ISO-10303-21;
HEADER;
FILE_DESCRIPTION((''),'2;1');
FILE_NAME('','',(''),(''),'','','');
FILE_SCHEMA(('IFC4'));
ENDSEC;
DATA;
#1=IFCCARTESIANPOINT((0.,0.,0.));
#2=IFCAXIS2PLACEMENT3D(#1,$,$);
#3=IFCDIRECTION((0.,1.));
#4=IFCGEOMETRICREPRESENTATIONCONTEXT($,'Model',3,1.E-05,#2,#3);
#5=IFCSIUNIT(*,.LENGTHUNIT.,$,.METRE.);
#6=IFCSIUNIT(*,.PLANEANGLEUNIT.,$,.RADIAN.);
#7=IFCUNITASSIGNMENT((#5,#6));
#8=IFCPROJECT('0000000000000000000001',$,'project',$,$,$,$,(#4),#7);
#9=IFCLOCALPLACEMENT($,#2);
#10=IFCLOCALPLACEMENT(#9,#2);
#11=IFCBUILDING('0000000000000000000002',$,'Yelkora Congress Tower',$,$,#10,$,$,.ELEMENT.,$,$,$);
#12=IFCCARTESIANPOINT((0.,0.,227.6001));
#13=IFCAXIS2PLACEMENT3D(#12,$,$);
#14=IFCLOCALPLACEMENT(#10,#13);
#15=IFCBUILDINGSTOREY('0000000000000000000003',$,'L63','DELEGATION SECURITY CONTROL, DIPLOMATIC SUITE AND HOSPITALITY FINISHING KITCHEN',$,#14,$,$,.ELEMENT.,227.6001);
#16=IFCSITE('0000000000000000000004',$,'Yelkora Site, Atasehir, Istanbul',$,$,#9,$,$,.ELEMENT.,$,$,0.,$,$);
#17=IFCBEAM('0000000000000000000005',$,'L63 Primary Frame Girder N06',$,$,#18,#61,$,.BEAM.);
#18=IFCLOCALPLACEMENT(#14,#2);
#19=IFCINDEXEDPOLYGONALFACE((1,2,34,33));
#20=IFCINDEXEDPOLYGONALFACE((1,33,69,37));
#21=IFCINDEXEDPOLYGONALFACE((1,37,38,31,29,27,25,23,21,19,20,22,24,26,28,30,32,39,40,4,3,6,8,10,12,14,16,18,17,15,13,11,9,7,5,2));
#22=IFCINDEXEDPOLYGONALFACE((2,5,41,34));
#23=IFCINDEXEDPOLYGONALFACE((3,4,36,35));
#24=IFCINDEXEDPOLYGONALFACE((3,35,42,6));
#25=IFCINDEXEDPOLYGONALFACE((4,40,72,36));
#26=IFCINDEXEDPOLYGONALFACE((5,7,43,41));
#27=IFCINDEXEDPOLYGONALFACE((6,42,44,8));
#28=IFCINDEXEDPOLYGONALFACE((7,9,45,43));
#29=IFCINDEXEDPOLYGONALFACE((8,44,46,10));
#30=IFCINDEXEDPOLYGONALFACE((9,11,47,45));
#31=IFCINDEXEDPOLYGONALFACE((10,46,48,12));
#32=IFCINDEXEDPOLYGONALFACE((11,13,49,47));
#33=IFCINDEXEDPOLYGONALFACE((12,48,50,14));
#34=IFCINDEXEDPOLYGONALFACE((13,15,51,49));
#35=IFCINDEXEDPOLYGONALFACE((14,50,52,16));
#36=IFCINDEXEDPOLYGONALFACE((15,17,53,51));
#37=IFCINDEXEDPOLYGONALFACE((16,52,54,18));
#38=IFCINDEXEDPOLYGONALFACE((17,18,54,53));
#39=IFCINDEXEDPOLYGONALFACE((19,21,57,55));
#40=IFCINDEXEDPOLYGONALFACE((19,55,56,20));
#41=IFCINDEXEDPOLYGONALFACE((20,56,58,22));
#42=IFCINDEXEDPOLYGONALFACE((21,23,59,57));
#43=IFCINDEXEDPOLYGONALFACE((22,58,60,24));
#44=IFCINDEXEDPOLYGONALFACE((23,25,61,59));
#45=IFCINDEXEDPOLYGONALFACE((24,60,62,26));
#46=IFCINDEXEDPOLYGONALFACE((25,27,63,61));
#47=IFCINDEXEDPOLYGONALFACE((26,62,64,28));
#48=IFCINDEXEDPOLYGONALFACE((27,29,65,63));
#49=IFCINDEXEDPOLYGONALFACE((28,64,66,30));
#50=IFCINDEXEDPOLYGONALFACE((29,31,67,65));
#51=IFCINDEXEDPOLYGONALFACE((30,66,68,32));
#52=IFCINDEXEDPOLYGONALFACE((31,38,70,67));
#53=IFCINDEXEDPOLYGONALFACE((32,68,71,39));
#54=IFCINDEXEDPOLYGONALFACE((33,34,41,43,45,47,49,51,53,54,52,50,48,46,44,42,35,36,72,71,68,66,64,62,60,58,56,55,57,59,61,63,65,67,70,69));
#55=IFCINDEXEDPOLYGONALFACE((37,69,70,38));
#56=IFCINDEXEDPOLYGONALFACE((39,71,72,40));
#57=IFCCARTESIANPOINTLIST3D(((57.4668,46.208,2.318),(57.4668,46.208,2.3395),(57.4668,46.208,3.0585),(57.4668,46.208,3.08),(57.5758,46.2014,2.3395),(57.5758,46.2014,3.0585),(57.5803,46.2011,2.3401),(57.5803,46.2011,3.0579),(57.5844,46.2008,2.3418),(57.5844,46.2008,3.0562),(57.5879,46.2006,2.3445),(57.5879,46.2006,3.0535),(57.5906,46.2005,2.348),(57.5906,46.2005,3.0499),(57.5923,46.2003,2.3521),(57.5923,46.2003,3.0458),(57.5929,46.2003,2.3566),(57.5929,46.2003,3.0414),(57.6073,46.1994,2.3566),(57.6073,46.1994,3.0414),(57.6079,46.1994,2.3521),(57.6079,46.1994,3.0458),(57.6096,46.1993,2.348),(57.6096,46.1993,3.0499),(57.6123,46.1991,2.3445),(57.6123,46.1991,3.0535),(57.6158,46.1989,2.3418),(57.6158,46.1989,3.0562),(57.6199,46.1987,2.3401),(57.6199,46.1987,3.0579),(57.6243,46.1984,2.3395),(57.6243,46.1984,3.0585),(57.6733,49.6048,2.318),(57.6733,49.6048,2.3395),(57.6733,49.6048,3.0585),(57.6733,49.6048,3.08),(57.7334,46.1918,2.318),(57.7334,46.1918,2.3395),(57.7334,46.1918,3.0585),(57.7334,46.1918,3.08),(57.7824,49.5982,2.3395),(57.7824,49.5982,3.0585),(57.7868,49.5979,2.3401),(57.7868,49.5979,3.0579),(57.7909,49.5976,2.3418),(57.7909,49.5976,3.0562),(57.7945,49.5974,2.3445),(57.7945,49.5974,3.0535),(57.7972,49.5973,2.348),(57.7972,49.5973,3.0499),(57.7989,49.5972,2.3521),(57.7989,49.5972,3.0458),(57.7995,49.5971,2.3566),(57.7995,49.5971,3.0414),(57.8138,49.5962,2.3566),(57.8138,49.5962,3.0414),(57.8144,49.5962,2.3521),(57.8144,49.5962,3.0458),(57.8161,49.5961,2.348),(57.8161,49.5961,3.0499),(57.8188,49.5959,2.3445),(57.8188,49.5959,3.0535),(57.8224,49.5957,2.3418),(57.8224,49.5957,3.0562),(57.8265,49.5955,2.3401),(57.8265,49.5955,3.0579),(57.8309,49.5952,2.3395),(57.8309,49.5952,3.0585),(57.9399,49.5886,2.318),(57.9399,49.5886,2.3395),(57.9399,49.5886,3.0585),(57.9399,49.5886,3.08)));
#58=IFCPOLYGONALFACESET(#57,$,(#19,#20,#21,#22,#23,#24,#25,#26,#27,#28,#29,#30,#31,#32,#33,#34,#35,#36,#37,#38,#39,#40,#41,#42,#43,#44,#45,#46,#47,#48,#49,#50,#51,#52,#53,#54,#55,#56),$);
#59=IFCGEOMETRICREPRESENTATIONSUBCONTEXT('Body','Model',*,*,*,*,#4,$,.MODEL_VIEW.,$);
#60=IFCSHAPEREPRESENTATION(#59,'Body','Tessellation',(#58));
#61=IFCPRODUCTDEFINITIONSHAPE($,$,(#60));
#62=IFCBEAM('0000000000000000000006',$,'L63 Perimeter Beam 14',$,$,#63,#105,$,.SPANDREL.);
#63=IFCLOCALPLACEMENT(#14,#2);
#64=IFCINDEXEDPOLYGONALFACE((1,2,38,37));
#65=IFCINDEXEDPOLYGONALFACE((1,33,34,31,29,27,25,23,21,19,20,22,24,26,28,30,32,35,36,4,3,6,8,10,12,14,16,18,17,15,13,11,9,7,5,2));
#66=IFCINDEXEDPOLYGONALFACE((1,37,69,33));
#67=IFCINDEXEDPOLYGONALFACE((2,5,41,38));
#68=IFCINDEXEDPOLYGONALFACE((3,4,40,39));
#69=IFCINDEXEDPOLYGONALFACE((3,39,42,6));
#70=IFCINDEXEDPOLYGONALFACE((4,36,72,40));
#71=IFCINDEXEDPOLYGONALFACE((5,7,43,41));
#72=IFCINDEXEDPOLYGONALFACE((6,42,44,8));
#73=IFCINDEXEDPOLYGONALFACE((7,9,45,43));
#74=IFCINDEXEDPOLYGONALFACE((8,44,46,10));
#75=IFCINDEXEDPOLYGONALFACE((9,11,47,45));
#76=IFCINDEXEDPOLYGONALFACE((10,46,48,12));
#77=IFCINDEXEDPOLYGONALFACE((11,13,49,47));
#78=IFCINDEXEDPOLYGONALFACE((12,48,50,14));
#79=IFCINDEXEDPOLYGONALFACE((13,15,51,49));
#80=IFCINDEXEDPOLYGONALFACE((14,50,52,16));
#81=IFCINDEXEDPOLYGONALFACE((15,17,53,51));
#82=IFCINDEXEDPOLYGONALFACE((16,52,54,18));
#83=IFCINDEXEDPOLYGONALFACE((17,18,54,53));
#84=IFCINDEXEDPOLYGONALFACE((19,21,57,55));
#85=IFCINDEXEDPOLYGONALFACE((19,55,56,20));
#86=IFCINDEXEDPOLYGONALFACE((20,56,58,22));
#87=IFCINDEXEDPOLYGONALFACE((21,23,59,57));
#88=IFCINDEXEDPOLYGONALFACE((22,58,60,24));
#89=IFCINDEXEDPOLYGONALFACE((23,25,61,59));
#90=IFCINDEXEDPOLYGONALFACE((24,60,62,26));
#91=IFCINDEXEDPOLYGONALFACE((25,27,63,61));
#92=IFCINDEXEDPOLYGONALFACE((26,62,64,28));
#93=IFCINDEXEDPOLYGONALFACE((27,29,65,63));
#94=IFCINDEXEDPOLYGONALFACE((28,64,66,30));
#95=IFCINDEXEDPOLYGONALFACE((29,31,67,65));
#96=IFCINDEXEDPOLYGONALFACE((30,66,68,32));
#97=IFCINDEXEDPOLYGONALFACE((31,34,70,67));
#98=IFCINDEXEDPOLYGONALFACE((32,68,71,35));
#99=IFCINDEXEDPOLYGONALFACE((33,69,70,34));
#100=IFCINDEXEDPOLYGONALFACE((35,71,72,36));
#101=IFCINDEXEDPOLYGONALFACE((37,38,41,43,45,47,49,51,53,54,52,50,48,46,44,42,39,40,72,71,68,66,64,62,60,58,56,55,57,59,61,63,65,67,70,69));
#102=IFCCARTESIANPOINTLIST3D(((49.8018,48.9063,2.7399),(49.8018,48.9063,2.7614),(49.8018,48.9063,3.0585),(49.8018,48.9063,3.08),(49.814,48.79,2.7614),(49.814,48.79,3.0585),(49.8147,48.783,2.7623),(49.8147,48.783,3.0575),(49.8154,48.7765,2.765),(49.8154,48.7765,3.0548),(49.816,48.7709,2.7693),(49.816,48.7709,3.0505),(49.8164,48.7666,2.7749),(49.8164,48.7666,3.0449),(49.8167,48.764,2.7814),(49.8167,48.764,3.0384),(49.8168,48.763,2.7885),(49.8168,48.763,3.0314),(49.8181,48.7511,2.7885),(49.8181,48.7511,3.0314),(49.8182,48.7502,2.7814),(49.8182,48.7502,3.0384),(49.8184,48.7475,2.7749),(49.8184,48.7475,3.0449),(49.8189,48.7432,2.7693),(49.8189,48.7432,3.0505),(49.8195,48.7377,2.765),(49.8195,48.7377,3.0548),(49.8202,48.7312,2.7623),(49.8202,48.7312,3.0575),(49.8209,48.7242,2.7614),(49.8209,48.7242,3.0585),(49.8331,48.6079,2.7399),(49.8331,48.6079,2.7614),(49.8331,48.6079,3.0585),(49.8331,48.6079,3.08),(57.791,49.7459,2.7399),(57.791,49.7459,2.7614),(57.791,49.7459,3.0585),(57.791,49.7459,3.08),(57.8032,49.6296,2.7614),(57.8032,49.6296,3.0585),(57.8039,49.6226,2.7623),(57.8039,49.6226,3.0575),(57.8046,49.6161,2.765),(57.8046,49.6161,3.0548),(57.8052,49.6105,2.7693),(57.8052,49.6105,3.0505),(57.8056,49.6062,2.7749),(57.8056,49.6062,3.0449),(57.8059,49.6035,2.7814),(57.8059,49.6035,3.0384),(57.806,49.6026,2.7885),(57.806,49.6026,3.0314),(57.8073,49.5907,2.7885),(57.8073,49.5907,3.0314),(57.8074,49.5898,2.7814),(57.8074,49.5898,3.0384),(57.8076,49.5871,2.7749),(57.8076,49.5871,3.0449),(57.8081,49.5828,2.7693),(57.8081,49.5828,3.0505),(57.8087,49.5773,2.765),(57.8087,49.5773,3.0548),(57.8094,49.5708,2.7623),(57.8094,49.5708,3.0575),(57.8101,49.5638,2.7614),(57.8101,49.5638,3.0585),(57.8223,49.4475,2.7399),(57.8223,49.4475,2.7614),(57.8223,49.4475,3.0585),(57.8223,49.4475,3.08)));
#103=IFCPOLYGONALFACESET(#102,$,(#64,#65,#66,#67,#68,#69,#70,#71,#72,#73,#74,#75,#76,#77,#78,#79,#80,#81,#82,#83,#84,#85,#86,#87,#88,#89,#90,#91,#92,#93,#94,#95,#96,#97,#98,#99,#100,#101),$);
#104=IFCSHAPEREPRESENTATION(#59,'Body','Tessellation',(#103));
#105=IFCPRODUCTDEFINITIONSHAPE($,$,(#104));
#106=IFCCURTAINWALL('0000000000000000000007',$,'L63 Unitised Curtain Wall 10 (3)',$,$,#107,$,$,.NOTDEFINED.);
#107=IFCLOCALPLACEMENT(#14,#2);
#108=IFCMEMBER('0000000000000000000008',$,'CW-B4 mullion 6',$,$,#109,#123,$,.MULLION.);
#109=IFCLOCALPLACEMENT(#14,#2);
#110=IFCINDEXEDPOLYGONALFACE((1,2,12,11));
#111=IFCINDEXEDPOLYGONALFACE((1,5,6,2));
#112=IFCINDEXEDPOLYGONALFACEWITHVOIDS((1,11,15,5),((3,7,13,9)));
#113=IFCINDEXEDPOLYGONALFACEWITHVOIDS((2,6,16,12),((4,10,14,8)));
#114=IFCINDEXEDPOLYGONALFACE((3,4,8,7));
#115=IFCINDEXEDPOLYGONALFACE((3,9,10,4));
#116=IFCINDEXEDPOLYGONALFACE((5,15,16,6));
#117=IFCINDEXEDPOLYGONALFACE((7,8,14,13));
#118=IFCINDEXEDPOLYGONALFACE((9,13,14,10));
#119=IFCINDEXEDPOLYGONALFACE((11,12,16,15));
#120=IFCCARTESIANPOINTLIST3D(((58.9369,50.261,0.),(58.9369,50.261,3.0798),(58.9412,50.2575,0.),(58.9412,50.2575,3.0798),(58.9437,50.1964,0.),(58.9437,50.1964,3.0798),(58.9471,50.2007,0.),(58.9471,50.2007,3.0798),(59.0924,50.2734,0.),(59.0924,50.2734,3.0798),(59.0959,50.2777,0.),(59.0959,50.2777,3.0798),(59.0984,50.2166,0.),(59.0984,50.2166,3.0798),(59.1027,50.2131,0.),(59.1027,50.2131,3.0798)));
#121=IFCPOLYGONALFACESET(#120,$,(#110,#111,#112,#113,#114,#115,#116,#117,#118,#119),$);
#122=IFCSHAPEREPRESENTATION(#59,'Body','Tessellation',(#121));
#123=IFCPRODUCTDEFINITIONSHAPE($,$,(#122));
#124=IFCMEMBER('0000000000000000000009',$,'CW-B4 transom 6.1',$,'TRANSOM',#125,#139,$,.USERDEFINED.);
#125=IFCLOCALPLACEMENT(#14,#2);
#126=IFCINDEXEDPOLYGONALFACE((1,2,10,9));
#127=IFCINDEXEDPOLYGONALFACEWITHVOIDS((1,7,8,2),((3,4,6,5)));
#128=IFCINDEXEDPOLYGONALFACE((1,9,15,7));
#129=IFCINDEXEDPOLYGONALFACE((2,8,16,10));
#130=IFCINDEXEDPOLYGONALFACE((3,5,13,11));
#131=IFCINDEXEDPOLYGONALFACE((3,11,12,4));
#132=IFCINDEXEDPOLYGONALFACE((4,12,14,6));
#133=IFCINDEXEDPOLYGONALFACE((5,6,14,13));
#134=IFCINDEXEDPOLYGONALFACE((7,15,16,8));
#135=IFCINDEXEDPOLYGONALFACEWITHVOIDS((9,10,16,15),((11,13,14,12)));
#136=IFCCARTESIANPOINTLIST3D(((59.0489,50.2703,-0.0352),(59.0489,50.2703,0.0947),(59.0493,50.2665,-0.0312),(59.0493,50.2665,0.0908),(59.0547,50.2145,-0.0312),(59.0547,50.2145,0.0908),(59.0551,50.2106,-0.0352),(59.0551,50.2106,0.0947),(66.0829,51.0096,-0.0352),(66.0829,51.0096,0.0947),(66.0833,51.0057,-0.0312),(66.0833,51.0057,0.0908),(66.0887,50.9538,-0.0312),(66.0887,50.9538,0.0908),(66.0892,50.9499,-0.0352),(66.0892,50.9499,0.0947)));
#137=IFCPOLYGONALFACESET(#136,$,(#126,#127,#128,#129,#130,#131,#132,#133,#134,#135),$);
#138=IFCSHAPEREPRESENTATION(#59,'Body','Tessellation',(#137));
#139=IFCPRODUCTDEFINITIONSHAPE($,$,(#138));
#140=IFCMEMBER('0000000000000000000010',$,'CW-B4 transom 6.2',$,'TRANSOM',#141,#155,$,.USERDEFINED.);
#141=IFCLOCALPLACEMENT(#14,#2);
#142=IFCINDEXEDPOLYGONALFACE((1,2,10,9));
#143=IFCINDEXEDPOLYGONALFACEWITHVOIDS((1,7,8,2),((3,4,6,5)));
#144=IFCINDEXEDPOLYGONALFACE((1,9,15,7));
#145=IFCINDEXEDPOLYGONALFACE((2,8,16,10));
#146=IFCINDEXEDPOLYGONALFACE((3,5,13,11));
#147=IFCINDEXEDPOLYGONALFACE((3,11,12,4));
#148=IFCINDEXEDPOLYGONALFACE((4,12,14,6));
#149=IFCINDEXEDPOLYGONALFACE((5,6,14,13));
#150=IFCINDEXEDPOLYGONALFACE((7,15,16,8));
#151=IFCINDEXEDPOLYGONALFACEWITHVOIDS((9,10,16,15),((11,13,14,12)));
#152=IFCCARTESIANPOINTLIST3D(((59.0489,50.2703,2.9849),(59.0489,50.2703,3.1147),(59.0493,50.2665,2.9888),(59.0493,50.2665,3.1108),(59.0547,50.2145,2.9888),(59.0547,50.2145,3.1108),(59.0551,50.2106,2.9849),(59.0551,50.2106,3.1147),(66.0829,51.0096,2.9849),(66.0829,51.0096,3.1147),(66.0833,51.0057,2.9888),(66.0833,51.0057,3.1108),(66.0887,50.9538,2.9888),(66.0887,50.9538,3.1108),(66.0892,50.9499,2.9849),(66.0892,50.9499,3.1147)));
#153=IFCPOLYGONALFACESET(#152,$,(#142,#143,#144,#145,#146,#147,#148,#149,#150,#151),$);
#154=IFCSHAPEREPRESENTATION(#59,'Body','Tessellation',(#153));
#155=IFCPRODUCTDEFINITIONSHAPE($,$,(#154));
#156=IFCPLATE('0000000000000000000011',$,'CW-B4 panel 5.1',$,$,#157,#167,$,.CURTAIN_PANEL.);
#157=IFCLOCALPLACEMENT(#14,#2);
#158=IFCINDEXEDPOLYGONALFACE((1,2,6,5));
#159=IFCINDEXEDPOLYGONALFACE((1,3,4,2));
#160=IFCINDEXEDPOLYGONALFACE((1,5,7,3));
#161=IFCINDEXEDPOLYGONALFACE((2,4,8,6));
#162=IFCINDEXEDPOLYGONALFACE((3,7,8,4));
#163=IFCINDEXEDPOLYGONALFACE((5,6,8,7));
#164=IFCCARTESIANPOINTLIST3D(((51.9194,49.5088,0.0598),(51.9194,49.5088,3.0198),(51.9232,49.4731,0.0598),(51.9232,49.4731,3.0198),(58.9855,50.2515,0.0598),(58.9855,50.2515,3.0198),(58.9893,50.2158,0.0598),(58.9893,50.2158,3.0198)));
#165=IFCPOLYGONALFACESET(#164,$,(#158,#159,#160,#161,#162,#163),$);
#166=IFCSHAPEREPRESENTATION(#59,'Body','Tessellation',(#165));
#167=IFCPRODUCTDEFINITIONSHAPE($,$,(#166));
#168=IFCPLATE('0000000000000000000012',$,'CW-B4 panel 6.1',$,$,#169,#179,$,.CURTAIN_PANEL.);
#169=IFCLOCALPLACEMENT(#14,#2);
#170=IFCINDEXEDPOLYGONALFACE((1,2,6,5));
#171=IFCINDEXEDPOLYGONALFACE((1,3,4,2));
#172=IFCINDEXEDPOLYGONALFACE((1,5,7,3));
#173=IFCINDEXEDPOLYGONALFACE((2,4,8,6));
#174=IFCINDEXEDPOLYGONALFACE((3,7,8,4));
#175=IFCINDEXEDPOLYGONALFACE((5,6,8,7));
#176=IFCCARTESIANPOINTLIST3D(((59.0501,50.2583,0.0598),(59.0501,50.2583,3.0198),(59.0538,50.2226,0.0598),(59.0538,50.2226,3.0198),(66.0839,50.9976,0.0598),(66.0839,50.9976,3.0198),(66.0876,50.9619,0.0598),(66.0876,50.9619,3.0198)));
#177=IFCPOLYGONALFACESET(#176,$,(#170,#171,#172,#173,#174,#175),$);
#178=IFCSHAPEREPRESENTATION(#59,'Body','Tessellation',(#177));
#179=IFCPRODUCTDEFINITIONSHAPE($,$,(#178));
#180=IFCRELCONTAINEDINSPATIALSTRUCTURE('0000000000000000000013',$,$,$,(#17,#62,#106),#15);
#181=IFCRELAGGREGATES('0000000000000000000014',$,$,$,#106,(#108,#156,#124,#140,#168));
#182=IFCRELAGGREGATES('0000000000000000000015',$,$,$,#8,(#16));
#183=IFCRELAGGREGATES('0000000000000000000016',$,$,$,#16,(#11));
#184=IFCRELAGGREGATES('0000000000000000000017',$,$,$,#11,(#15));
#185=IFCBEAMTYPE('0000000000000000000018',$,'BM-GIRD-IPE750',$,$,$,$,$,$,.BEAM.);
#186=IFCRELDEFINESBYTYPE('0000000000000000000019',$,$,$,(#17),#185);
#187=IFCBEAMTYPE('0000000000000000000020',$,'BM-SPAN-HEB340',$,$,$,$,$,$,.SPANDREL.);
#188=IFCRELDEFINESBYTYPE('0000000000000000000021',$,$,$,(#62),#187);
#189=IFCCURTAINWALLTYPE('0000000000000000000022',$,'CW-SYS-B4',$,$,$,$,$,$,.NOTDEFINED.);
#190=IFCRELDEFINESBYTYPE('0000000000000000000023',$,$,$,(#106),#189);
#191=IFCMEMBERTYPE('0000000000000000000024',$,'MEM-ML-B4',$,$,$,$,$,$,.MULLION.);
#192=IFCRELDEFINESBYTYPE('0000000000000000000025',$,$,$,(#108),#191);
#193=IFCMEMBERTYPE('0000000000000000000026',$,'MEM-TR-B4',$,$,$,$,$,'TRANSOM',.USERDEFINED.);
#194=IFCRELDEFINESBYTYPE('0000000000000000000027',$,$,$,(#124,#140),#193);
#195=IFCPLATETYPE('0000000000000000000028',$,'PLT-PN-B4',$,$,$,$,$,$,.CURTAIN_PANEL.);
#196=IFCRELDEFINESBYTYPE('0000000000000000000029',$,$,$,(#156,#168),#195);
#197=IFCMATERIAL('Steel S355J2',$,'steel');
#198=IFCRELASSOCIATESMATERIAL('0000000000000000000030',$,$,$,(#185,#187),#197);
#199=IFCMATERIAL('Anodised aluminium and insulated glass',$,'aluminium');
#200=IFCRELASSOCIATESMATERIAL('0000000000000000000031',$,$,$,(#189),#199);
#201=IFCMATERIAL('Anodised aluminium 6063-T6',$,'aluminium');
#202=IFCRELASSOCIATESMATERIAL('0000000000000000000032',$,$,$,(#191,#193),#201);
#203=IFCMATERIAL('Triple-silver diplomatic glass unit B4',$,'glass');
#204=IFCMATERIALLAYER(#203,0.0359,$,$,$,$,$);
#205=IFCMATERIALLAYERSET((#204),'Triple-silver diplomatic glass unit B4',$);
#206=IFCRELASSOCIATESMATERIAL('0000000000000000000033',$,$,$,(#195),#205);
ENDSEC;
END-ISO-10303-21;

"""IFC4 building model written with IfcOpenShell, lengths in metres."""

from ifc_helpers import new_model, si_unit, direction, frame, origin, origin_2d, place, context, subcontext, project, spatial, rectangle, hollow_rectangle, i_section, extrude, material, layer, layer_set, material_profile, profile_set, type_object, element, aggregate, save


model = new_model("IFC4")

# Units and contexts
model_context = context("Model", 3, precision=1e-05, world=origin(), true_north=direction((0.0, 1.0)))
body_context = subcontext(model_context, "Body", "Model", "MODEL_VIEW")
ifc_project = project(units=[si_unit("LENGTHUNIT", "METRE"), si_unit("PLANEANGLEUNIT", "RADIAN")], contexts=[model_context])

# Site, building, storey
site_placement = place(None, origin())
site = spatial("IfcSite", under=ifc_project, at=site_placement, Name="Yelkora Site, Atasehir, Istanbul", CompositionType="ELEMENT", RefElevation=0.0)
building_placement = place(site_placement, origin())
building = spatial("IfcBuilding", under=site, at=building_placement, Name="Yelkora Congress Tower", CompositionType="ELEMENT")
storey_placement = place(building_placement, frame((0.0, 0.0, 227.6001)))
storey = spatial("IfcBuildingStorey", under=building, at=storey_placement, Name="L63", Description="DELEGATION SECURITY CONTROL, DIPLOMATIC SUITE AND HOSPITALITY FINISHING KITCHEN", CompositionType="ELEMENT", Elevation=227.6001)

# Shared definitions
ifc_material_1 = material(Name="Steel S355J2", Category="steel")

# Beams
ifc_material_profile_1 = material_profile(ifc_material_1, i_section(OverallWidth=0.2671, OverallDepth=0.762, WebThickness=0.0144, FlangeThickness=0.0215, FilletRadius=0.0171, at=origin_2d()), Name="IPE 750x173")
ifc_profile_set_1 = profile_set([ifc_material_profile_1], Name="Steel S355J2")
beam_type_1 = type_object("IfcBeamType", Name="BM-GIRD-IPE750", PredefinedType="BEAM", material=ifc_profile_set_1)
beam_1_placement = place(storey_placement, frame((57.8066, 49.5967, 2.699), z_axis=(-0.060694, -0.998156, 0.0), x_axis=(0.998156, -0.060694, 0.0)))
element("IfcBeam", 1, at=beam_1_placement, inside=storey, type_object=beam_type_1, Name="L63 Primary Frame Girder N06", PredefinedType="BEAM", context=body_context, shape_type="SweptSolid", body=[
    extrude(i_section(OverallWidth=0.2671, OverallDepth=0.762, WebThickness=0.0144, FlangeThickness=0.0215, FilletRadius=0.0171, at=origin_2d()), origin(), (0.0, 0.0, 1.0), 3.4031),
])
ifc_material_profile_2 = material_profile(ifc_material_1, i_section(OverallWidth=0.3, OverallDepth=0.3401, WebThickness=0.012, FlangeThickness=0.0215, FilletRadius=0.0271, at=origin_2d()), Name="HEB 340")
ifc_profile_set_2 = profile_set([ifc_material_profile_2], Name="Steel S355J2")
beam_type_2 = type_object("IfcBeamType", Name="BM-SPAN-HEB340", PredefinedType="SPANDREL", material=ifc_profile_set_2)
beam_2_placement = place(storey_placement, frame((57.8066, 49.5967, 2.9099), z_axis=(-0.994523, -0.104516, 0.0), x_axis=(0.104516, -0.994523, 0.0)))
element("IfcBeam", 2, at=beam_2_placement, inside=storey, type_object=beam_type_2, Name="L63 Perimeter Beam 14", PredefinedType="SPANDREL", context=body_context, shape_type="SweptSolid", body=[
    extrude(i_section(OverallWidth=0.3, OverallDepth=0.3401, WebThickness=0.012, FlangeThickness=0.0215, FilletRadius=0.0271, at=origin_2d()), origin(), (0.0, 0.0, 1.0), 8.0332),
])

# Curtain wall, members, plates
ifc_material_2 = material(Name="Anodised aluminium and insulated glass", Category="aluminium")
curtain_wall_type = type_object("IfcCurtainWallType", Name="CW-SYS-B4", PredefinedType="NOTDEFINED", material=ifc_material_2)
curtain_wall_placement = place(storey_placement, origin())
curtain_wall = element("IfcCurtainWall", 3, at=curtain_wall_placement, inside=storey, type_object=curtain_wall_type, Name="L63 Unitised Curtain Wall 10 (3)", PredefinedType="NOTDEFINED")
ifc_material_3 = material(Name="Anodised aluminium 6063-T6", Category="aluminium")
ifc_material_profile_3 = material_profile(ifc_material_3, hollow_rectangle(XDim=0.0649, YDim=0.1599, WallThickness=0.0039, at=origin_2d()), Name="ALU 65x160x4")
ifc_profile_set_3 = profile_set([ifc_material_profile_3], Name="Anodised aluminium 6063-T6")
member_type_1 = type_object("IfcMemberType", Name="MEM-ML-B4", PredefinedType="MULLION", material=ifc_profile_set_3)
member_1_placement = place(storey_placement, frame((59.0198, 50.2371, 0.0), z_axis=(0.0, 0.0, 1.0), x_axis=(-0.104528, 0.994522, 0.0)))
member_1 = element("IfcMember", 4, at=member_1_placement, type_object=member_type_1, Name="CW-B4 mullion 6", PredefinedType="MULLION", context=body_context, shape_type="SweptSolid", body=[
    extrude(hollow_rectangle(XDim=0.0649, YDim=0.1599, WallThickness=0.0039, at=origin_2d()), origin(), (0.0, 0.0, 1.0), 3.0798),
])
ifc_material_profile_4 = material_profile(ifc_material_3, hollow_rectangle(XDim=0.0601, YDim=0.1299, WallThickness=0.0039, at=origin_2d()), Name="ALU 60x130x4")
ifc_profile_set_4 = profile_set([ifc_material_profile_4], Name="Anodised aluminium 6063-T6")
member_type_2 = type_object("IfcMemberType", Name="MEM-TR-B4", ElementType="TRANSOM", PredefinedType="USERDEFINED", material=ifc_profile_set_4)
member_2_placement = place(storey_placement, frame((59.052, 50.2405, 0.0298), z_axis=(0.994522, 0.104523, 0.0), x_axis=(-0.104523, 0.994522, 0.0)))
member_2 = element("IfcMember", 5, at=member_2_placement, type_object=member_type_2, Name="CW-B4 transom 6.1", ObjectType="TRANSOM", PredefinedType="USERDEFINED", context=body_context, shape_type="SweptSolid", body=[
    extrude(hollow_rectangle(XDim=0.0601, YDim=0.1299, WallThickness=0.0039, at=origin_2d()), origin(), (0.0, 0.0, 1.0), 7.0728),
])
member_3_placement = place(storey_placement, frame((59.052, 50.2405, 3.0498), z_axis=(0.994522, 0.104523, 0.0), x_axis=(-0.104523, 0.994522, 0.0)))
member_3 = element("IfcMember", 6, at=member_3_placement, type_object=member_type_2, Name="CW-B4 transom 6.2", ObjectType="TRANSOM", PredefinedType="USERDEFINED", context=body_context, shape_type="SweptSolid", body=[
    extrude(hollow_rectangle(XDim=0.0601, YDim=0.1299, WallThickness=0.0039, at=origin_2d()), origin(), (0.0, 0.0, 1.0), 7.0728),
])
ifc_material_4 = material(Name="Triple-silver diplomatic glass unit B4", Category="glass")
ifc_layer_1 = layer(ifc_material_4, 0.0359)
ifc_layer_set_1 = layer_set([ifc_layer_1], Name="Triple-silver diplomatic glass unit B4")
plate_type = type_object("IfcPlateType", Name="PLT-PN-B4", PredefinedType="CURTAIN_PANEL", material=ifc_layer_set_1)
plate_1_placement = place(storey_placement, frame((55.4543, 49.8623, 0.0598), z_axis=(0.0, 0.0, 1.0), x_axis=(0.994522, 0.104528, 0.0)))
plate_1 = element("IfcPlate", 7, at=plate_1_placement, type_object=plate_type, Name="CW-B4 panel 5.1", PredefinedType="CURTAIN_PANEL", context=body_context, shape_type="SweptSolid", body=[
    extrude(rectangle(XDim=7.105, YDim=0.0359, at=origin_2d()), origin(), (0.0, 0.0, 1.0), 2.96),
])
plate_2_placement = place(storey_placement, frame((62.5688, 50.6101, 0.0598), z_axis=(0.0, 0.0, 1.0), x_axis=(0.994522, 0.104528, 0.0)))
plate_2 = element("IfcPlate", 8, at=plate_2_placement, type_object=plate_type, Name="CW-B4 panel 6.1", PredefinedType="CURTAIN_PANEL", context=body_context, shape_type="SweptSolid", body=[
    extrude(rectangle(XDim=7.0725, YDim=0.0359, at=origin_2d()), origin(), (0.0, 0.0, 1.0), 2.96),
])
aggregate(curtain_wall, [member_1, plate_1, member_2, member_3, plate_2])

save(model, "model.ifc")
